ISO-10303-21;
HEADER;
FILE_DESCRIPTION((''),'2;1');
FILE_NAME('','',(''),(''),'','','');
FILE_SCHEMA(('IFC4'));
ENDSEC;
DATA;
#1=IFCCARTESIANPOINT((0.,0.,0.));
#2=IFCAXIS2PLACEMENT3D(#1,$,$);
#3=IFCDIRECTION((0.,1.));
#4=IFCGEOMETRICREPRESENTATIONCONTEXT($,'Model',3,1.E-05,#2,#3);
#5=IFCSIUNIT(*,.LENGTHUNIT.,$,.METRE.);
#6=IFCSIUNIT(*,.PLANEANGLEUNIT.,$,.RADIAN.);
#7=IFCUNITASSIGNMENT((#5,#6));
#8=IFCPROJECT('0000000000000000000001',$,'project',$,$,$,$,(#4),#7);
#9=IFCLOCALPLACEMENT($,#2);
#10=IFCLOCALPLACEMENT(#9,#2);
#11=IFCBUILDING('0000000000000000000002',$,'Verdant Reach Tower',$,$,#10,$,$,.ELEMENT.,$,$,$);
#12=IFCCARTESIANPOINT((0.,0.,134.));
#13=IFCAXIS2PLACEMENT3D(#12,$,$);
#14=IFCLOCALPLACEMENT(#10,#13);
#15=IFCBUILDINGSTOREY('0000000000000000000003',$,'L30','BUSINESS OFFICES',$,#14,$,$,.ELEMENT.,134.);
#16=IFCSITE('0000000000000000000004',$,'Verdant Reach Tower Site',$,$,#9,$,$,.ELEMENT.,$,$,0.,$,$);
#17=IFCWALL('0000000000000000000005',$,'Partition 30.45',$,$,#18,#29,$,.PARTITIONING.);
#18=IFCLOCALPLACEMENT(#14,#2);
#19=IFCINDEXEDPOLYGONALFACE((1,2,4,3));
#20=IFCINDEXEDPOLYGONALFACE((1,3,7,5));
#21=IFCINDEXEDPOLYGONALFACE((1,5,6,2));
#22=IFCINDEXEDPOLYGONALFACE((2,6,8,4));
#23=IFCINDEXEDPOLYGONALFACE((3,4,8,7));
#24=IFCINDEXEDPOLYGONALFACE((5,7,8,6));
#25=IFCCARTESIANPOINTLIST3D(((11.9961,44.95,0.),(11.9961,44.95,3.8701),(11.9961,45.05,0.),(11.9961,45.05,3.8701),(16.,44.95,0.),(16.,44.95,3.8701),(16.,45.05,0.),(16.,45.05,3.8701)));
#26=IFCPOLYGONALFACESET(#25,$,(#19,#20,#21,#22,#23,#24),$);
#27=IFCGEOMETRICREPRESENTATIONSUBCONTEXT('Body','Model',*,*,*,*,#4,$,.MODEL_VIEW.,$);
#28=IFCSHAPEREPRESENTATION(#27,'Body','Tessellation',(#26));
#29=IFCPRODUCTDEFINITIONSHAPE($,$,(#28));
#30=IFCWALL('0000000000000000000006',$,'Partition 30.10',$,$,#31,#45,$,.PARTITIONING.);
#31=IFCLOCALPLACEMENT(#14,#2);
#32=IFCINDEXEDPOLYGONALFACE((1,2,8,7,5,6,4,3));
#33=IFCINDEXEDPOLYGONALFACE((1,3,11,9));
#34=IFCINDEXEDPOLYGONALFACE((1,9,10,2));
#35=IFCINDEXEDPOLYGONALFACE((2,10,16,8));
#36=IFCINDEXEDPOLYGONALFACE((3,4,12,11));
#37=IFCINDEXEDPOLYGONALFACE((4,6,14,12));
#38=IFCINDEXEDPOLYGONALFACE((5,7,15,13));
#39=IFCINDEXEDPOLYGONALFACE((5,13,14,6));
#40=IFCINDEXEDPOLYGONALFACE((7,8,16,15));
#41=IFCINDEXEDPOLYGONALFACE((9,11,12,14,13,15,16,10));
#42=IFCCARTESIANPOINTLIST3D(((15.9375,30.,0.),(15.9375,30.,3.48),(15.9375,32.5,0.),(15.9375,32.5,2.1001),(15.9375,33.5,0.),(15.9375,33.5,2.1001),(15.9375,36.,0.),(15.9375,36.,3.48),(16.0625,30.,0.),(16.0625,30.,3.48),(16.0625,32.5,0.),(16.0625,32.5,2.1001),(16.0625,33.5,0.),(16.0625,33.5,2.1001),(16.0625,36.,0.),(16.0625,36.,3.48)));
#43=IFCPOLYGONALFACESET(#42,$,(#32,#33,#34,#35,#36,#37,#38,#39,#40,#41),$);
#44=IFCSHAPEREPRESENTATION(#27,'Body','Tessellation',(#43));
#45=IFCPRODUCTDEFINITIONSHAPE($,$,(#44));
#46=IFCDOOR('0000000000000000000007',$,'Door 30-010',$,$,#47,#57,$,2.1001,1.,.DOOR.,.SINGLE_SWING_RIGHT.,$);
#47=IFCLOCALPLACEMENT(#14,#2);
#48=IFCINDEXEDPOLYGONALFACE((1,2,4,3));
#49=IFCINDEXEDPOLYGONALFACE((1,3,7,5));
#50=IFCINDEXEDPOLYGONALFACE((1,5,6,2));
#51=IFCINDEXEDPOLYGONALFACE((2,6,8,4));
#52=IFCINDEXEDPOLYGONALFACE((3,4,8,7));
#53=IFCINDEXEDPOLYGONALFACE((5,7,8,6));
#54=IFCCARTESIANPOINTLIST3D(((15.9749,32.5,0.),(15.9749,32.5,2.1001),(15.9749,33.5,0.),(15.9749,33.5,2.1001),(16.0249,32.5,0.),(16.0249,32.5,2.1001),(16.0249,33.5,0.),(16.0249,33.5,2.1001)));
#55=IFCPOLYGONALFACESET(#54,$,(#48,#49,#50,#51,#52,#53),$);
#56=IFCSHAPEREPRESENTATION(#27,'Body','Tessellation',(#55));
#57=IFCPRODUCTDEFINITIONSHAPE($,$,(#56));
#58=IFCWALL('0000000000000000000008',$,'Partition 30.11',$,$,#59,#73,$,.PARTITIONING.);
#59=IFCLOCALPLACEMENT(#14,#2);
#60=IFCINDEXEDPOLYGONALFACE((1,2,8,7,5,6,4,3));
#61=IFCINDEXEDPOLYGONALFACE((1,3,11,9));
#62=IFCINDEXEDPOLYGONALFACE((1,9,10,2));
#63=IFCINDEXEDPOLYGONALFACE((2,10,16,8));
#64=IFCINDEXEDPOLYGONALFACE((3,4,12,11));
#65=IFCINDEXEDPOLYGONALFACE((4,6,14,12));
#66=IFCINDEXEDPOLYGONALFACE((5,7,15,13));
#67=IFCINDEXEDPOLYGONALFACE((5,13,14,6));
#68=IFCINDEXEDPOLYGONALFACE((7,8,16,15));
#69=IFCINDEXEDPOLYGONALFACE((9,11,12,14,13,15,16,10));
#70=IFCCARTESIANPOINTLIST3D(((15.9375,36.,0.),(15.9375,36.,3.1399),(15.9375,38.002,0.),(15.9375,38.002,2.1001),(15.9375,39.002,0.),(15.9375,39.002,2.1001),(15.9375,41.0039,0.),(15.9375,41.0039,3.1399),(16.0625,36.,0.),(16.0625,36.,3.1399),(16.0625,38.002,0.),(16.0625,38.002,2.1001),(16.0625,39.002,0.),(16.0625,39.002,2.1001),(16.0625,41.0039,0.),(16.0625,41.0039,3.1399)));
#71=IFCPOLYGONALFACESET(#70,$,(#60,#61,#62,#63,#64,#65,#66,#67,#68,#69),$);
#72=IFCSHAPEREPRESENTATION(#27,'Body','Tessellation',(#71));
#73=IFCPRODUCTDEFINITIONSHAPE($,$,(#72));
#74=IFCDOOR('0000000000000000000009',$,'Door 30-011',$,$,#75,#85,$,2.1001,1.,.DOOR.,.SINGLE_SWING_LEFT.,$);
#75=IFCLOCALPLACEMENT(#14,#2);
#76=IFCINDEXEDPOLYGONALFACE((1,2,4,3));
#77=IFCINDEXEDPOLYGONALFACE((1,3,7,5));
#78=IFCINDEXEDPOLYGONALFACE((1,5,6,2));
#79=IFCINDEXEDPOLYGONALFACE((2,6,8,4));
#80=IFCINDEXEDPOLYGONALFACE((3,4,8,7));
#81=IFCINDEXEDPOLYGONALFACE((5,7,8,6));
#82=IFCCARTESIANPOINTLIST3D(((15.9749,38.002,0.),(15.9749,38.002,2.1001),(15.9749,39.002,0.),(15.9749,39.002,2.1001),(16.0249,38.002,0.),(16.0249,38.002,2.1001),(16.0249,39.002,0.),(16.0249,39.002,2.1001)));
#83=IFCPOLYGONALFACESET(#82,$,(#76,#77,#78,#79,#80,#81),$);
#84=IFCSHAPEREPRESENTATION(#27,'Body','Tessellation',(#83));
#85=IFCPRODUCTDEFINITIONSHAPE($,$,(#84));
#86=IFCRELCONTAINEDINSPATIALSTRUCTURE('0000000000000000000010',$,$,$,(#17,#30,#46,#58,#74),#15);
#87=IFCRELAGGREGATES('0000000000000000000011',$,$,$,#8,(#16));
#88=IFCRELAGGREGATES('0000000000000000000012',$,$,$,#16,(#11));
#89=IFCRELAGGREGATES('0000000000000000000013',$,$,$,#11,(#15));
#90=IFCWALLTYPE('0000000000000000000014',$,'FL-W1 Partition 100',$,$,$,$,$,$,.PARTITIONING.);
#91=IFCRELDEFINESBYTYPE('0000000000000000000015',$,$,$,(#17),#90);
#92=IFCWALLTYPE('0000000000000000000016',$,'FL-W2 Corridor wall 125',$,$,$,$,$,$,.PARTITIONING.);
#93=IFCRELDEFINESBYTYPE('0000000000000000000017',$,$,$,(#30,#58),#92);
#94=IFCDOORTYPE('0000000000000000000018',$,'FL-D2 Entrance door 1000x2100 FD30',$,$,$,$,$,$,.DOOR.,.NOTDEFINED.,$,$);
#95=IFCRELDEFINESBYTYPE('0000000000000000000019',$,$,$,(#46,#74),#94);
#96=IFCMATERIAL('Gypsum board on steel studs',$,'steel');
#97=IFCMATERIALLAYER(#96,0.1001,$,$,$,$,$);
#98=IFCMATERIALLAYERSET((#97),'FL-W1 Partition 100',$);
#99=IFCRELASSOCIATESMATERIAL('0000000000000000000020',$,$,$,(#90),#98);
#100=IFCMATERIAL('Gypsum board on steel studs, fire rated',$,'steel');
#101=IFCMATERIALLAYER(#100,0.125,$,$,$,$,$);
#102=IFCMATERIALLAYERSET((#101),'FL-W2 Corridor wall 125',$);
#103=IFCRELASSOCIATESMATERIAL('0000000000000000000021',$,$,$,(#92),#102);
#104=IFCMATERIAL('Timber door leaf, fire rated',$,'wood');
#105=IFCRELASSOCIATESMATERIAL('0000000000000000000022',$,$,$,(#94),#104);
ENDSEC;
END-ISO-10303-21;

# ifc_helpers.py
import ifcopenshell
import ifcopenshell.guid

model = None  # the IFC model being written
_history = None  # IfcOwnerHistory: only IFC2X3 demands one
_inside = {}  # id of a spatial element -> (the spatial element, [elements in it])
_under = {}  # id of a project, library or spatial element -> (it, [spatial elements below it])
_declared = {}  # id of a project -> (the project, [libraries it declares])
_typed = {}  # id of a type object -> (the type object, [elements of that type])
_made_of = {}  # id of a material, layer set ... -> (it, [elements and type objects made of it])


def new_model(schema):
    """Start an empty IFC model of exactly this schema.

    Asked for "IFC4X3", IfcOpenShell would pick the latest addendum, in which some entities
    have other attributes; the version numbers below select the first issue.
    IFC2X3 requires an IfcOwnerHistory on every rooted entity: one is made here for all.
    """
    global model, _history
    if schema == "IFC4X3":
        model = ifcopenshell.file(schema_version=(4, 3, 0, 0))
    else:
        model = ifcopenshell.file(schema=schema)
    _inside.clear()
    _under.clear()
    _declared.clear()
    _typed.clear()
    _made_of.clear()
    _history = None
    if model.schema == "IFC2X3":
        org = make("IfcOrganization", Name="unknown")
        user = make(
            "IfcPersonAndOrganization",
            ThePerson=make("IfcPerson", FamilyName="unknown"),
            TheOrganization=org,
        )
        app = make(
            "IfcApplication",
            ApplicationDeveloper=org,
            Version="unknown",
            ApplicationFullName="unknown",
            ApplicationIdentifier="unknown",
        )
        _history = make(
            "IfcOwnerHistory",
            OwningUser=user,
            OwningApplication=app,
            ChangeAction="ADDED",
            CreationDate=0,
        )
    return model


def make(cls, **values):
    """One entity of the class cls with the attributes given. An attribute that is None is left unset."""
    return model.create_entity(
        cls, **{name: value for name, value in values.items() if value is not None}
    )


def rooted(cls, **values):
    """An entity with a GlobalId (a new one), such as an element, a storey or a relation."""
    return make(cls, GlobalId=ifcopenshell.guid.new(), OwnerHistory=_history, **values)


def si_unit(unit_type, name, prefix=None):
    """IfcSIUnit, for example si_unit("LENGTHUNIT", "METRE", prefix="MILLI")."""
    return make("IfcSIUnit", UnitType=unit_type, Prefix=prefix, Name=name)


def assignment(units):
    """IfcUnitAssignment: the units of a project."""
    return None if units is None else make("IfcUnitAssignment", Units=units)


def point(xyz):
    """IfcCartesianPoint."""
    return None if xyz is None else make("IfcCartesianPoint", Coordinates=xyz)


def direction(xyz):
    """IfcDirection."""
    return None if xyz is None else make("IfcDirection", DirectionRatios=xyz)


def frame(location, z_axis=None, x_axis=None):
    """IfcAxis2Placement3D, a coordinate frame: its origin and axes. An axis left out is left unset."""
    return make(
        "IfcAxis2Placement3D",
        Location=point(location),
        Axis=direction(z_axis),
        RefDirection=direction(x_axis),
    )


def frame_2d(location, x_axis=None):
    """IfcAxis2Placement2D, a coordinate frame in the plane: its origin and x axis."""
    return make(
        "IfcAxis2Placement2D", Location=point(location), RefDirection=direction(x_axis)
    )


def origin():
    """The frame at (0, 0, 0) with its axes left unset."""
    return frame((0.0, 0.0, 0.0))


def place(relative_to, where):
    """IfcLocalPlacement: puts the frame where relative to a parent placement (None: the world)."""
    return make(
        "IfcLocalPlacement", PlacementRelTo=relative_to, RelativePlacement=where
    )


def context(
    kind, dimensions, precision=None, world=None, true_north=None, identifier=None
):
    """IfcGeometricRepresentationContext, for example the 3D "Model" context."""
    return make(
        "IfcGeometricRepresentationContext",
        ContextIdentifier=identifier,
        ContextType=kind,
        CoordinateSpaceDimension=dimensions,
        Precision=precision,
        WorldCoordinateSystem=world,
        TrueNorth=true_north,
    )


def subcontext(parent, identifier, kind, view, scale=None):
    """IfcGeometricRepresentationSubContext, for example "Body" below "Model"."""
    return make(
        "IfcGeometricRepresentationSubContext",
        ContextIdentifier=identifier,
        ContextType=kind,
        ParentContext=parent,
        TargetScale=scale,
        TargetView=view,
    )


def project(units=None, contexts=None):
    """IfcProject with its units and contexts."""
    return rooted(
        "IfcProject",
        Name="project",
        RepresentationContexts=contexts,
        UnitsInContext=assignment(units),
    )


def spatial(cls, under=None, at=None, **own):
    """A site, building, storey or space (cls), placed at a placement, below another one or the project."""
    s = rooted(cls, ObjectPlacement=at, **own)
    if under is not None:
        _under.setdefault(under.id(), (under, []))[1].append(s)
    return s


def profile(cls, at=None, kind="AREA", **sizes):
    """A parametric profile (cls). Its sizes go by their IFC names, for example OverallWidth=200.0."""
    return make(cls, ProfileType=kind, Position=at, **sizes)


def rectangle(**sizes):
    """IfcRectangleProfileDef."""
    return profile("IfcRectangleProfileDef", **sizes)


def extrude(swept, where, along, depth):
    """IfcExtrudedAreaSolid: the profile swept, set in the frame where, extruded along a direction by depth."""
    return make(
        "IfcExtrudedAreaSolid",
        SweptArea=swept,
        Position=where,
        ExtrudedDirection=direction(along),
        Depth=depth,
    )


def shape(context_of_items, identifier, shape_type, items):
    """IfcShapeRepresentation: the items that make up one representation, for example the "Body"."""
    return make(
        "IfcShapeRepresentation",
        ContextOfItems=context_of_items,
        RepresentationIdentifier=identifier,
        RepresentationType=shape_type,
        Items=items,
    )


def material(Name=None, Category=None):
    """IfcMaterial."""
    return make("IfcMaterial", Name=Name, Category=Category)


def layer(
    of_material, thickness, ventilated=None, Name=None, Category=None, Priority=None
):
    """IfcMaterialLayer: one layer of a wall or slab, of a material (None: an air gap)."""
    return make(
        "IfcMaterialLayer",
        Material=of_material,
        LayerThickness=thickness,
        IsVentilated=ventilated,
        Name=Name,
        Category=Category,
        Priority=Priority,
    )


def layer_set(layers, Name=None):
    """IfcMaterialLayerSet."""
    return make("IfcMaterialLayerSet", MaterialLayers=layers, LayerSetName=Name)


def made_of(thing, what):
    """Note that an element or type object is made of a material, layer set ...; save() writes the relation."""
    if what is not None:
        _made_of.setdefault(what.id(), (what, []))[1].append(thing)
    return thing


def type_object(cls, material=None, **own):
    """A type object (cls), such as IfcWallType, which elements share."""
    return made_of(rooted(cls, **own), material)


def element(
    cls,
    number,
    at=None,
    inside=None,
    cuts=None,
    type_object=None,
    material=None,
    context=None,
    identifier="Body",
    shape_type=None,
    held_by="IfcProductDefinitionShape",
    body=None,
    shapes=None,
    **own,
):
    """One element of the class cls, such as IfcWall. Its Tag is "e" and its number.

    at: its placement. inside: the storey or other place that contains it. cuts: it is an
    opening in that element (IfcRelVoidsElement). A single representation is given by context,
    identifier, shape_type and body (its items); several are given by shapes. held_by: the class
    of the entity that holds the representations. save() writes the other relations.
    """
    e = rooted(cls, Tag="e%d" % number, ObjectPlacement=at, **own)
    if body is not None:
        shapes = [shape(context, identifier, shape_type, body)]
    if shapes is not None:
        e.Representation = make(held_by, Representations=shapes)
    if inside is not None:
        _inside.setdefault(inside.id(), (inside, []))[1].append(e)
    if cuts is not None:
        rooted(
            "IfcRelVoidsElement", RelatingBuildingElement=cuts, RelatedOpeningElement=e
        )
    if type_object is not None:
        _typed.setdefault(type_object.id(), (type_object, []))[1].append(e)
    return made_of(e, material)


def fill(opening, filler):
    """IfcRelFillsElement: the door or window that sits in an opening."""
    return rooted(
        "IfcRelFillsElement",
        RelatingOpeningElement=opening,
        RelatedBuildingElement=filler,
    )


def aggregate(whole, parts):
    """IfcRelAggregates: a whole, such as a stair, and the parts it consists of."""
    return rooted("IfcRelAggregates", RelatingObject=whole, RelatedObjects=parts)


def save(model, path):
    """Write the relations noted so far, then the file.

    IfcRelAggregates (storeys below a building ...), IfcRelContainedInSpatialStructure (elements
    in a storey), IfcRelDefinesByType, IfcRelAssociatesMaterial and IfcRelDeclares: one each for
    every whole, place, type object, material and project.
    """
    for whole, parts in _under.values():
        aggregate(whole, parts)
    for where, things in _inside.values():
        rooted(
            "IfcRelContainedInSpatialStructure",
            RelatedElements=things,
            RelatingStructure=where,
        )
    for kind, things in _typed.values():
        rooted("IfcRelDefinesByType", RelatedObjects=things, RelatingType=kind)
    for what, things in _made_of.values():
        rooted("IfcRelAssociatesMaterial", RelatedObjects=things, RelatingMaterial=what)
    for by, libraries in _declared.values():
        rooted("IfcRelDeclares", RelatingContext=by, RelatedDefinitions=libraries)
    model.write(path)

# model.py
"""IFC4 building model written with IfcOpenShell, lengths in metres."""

from ifc_helpers import new_model, si_unit, direction, frame, frame_2d, origin, place, context, subcontext, project, spatial, rectangle, extrude, material, layer, layer_set, type_object, element, fill, save


model = new_model("IFC4")

# Units and contexts
model_context = context("Model", 3, precision=1e-05, world=origin(), true_north=direction((0.0, 1.0)))
body_context = subcontext(model_context, "Body", "Model", "MODEL_VIEW")
ifc_project = project(units=[si_unit("LENGTHUNIT", "METRE"), si_unit("PLANEANGLEUNIT", "RADIAN")], contexts=[model_context])

# Site, building, storey
site_placement = place(None, origin())
site = spatial("IfcSite", under=ifc_project, at=site_placement, Name="Verdant Reach Tower Site", CompositionType="ELEMENT", RefElevation=0.0)
building_placement = place(site_placement, origin())
building = spatial("IfcBuilding", under=site, at=building_placement, Name="Verdant Reach Tower", CompositionType="ELEMENT")
storey_placement = place(building_placement, frame((0.0, 0.0, 134.0)))
storey = spatial("IfcBuildingStorey", under=building, at=storey_placement, Name="L30", Description="BUSINESS OFFICES", CompositionType="ELEMENT", Elevation=134.0)

# Wall
ifc_material_1 = material(Name="Gypsum board on steel studs", Category="steel")
ifc_layer_1 = layer(ifc_material_1, 0.1001)
ifc_layer_set_1 = layer_set([ifc_layer_1], Name="FL-W1 Partition 100")
wall_type_1 = type_object("IfcWallType", Name="FL-W1 Partition 100", PredefinedType="PARTITIONING", material=ifc_layer_set_1)
wall_1_placement = place(storey_placement, frame((16.0, 45.0, 0.0), z_axis=(0.0, 0.0, 1.0), x_axis=(-1.0, 0.0, 0.0)))
element("IfcWall", 1, at=wall_1_placement, inside=storey, type_object=wall_type_1, Name="Partition 30.45", PredefinedType="PARTITIONING", context=body_context, shape_type="SweptSolid", body=[
    extrude(rectangle(XDim=4.0039, YDim=0.1001, at=frame_2d((2.002, 0.0))), origin(), (0.0, 0.0, 1.0), 3.8701),
])

# Walls, openings, doors
ifc_material_2 = material(Name="Gypsum board on steel studs, fire rated", Category="steel")
ifc_layer_2 = layer(ifc_material_2, 0.125)
ifc_layer_set_2 = layer_set([ifc_layer_2], Name="FL-W2 Corridor wall 125")
wall_type_2 = type_object("IfcWallType", Name="FL-W2 Corridor wall 125", PredefinedType="PARTITIONING", material=ifc_layer_set_2)
wall_2_placement = place(storey_placement, frame((16.0, 36.0, 0.0), z_axis=(0.0, 0.0, 1.0), x_axis=(0.0, -1.0, 0.0)))
wall_2 = element("IfcWall", 2, at=wall_2_placement, inside=storey, type_object=wall_type_2, Name="Partition 30.10", PredefinedType="PARTITIONING", context=body_context, shape_type="SweptSolid", body=[
    extrude(rectangle(XDim=6.0, YDim=0.125, at=frame_2d((3.0, 0.0))), origin(), (0.0, 0.0, 1.0), 3.48),
])
opening_1_placement = place(wall_2_placement, frame((2.5, 0.0, 0.0)))
opening_1 = element("IfcOpeningElement", 3, at=opening_1_placement, cuts=wall_2, PredefinedType="OPENING", context=body_context, shape_type="SweptSolid", body=[
    extrude(rectangle(XDim=1.0, YDim=2.1001, at=frame_2d((0.5, 1.05))), frame((0.0, 0.0725, 0.0), z_axis=(0.0, -1.0, 0.0), x_axis=(1.0, 0.0, 0.0)), (0.0, 0.0, 1.0), 0.145),
])
ifc_material_3 = material(Name="Timber door leaf, fire rated", Category="wood")
door_type = type_object("IfcDoorType", Name="FL-D2 Entrance door 1000x2100 FD30", OperationType="NOTDEFINED", PredefinedType="DOOR", material=ifc_material_3)
door_1_placement = place(opening_1_placement, origin())
door_1 = element("IfcDoor", 4, at=door_1_placement, inside=storey, type_object=door_type, Name="Door 30-010", OperationType="SINGLE_SWING_RIGHT", OverallHeight=2.1001, OverallWidth=1.0, PredefinedType="DOOR", context=body_context, shape_type="SweptSolid", body=[
    extrude(rectangle(XDim=1.0, YDim=2.1001, at=frame_2d((0.5, 1.05))), frame((0.0, 0.0249, 0.0), z_axis=(0.0, -1.0, 0.0), x_axis=(1.0, 0.0, 0.0)), (0.0, 0.0, 1.0), 0.05),
])
fill(opening_1, door_1)
wall_3_placement = place(storey_placement, frame((16.0, 41.0039, 0.0), z_axis=(0.0, 0.0, 1.0), x_axis=(0.0, -1.0, 0.0)))
wall_3 = element("IfcWall", 5, at=wall_3_placement, inside=storey, type_object=wall_type_2, Name="Partition 30.11", PredefinedType="PARTITIONING", context=body_context, shape_type="SweptSolid", body=[
    extrude(rectangle(XDim=5.0039, YDim=0.125, at=frame_2d((2.502, 0.0))), origin(), (0.0, 0.0, 1.0), 3.1399),
])
opening_2_placement = place(wall_3_placement, frame((2.002, 0.0, 0.0)))
opening_2 = element("IfcOpeningElement", 6, at=opening_2_placement, cuts=wall_3, PredefinedType="OPENING", context=body_context, shape_type="SweptSolid", body=[
    extrude(rectangle(XDim=1.0, YDim=2.1001, at=frame_2d((0.5, 1.05))), frame((0.0, 0.0725, 0.0), z_axis=(0.0, -1.0, 0.0), x_axis=(1.0, 0.0, 0.0)), (0.0, 0.0, 1.0), 0.145),
])
door_2_placement = place(opening_2_placement, origin())
door_2 = element("IfcDoor", 7, at=door_2_placement, inside=storey, type_object=door_type, Name="Door 30-011", OperationType="SINGLE_SWING_LEFT", OverallHeight=2.1001, OverallWidth=1.0, PredefinedType="DOOR", context=body_context, shape_type="SweptSolid", body=[
    extrude(rectangle(XDim=1.0, YDim=2.1001, at=frame_2d((0.5, 1.05))), frame((0.0, 0.0249, 0.0), z_axis=(0.0, -1.0, 0.0), x_axis=(1.0, 0.0, 0.0)), (0.0, 0.0, 1.0), 0.05),
])
fill(opening_2, door_2)

save(model, "model.ifc")
